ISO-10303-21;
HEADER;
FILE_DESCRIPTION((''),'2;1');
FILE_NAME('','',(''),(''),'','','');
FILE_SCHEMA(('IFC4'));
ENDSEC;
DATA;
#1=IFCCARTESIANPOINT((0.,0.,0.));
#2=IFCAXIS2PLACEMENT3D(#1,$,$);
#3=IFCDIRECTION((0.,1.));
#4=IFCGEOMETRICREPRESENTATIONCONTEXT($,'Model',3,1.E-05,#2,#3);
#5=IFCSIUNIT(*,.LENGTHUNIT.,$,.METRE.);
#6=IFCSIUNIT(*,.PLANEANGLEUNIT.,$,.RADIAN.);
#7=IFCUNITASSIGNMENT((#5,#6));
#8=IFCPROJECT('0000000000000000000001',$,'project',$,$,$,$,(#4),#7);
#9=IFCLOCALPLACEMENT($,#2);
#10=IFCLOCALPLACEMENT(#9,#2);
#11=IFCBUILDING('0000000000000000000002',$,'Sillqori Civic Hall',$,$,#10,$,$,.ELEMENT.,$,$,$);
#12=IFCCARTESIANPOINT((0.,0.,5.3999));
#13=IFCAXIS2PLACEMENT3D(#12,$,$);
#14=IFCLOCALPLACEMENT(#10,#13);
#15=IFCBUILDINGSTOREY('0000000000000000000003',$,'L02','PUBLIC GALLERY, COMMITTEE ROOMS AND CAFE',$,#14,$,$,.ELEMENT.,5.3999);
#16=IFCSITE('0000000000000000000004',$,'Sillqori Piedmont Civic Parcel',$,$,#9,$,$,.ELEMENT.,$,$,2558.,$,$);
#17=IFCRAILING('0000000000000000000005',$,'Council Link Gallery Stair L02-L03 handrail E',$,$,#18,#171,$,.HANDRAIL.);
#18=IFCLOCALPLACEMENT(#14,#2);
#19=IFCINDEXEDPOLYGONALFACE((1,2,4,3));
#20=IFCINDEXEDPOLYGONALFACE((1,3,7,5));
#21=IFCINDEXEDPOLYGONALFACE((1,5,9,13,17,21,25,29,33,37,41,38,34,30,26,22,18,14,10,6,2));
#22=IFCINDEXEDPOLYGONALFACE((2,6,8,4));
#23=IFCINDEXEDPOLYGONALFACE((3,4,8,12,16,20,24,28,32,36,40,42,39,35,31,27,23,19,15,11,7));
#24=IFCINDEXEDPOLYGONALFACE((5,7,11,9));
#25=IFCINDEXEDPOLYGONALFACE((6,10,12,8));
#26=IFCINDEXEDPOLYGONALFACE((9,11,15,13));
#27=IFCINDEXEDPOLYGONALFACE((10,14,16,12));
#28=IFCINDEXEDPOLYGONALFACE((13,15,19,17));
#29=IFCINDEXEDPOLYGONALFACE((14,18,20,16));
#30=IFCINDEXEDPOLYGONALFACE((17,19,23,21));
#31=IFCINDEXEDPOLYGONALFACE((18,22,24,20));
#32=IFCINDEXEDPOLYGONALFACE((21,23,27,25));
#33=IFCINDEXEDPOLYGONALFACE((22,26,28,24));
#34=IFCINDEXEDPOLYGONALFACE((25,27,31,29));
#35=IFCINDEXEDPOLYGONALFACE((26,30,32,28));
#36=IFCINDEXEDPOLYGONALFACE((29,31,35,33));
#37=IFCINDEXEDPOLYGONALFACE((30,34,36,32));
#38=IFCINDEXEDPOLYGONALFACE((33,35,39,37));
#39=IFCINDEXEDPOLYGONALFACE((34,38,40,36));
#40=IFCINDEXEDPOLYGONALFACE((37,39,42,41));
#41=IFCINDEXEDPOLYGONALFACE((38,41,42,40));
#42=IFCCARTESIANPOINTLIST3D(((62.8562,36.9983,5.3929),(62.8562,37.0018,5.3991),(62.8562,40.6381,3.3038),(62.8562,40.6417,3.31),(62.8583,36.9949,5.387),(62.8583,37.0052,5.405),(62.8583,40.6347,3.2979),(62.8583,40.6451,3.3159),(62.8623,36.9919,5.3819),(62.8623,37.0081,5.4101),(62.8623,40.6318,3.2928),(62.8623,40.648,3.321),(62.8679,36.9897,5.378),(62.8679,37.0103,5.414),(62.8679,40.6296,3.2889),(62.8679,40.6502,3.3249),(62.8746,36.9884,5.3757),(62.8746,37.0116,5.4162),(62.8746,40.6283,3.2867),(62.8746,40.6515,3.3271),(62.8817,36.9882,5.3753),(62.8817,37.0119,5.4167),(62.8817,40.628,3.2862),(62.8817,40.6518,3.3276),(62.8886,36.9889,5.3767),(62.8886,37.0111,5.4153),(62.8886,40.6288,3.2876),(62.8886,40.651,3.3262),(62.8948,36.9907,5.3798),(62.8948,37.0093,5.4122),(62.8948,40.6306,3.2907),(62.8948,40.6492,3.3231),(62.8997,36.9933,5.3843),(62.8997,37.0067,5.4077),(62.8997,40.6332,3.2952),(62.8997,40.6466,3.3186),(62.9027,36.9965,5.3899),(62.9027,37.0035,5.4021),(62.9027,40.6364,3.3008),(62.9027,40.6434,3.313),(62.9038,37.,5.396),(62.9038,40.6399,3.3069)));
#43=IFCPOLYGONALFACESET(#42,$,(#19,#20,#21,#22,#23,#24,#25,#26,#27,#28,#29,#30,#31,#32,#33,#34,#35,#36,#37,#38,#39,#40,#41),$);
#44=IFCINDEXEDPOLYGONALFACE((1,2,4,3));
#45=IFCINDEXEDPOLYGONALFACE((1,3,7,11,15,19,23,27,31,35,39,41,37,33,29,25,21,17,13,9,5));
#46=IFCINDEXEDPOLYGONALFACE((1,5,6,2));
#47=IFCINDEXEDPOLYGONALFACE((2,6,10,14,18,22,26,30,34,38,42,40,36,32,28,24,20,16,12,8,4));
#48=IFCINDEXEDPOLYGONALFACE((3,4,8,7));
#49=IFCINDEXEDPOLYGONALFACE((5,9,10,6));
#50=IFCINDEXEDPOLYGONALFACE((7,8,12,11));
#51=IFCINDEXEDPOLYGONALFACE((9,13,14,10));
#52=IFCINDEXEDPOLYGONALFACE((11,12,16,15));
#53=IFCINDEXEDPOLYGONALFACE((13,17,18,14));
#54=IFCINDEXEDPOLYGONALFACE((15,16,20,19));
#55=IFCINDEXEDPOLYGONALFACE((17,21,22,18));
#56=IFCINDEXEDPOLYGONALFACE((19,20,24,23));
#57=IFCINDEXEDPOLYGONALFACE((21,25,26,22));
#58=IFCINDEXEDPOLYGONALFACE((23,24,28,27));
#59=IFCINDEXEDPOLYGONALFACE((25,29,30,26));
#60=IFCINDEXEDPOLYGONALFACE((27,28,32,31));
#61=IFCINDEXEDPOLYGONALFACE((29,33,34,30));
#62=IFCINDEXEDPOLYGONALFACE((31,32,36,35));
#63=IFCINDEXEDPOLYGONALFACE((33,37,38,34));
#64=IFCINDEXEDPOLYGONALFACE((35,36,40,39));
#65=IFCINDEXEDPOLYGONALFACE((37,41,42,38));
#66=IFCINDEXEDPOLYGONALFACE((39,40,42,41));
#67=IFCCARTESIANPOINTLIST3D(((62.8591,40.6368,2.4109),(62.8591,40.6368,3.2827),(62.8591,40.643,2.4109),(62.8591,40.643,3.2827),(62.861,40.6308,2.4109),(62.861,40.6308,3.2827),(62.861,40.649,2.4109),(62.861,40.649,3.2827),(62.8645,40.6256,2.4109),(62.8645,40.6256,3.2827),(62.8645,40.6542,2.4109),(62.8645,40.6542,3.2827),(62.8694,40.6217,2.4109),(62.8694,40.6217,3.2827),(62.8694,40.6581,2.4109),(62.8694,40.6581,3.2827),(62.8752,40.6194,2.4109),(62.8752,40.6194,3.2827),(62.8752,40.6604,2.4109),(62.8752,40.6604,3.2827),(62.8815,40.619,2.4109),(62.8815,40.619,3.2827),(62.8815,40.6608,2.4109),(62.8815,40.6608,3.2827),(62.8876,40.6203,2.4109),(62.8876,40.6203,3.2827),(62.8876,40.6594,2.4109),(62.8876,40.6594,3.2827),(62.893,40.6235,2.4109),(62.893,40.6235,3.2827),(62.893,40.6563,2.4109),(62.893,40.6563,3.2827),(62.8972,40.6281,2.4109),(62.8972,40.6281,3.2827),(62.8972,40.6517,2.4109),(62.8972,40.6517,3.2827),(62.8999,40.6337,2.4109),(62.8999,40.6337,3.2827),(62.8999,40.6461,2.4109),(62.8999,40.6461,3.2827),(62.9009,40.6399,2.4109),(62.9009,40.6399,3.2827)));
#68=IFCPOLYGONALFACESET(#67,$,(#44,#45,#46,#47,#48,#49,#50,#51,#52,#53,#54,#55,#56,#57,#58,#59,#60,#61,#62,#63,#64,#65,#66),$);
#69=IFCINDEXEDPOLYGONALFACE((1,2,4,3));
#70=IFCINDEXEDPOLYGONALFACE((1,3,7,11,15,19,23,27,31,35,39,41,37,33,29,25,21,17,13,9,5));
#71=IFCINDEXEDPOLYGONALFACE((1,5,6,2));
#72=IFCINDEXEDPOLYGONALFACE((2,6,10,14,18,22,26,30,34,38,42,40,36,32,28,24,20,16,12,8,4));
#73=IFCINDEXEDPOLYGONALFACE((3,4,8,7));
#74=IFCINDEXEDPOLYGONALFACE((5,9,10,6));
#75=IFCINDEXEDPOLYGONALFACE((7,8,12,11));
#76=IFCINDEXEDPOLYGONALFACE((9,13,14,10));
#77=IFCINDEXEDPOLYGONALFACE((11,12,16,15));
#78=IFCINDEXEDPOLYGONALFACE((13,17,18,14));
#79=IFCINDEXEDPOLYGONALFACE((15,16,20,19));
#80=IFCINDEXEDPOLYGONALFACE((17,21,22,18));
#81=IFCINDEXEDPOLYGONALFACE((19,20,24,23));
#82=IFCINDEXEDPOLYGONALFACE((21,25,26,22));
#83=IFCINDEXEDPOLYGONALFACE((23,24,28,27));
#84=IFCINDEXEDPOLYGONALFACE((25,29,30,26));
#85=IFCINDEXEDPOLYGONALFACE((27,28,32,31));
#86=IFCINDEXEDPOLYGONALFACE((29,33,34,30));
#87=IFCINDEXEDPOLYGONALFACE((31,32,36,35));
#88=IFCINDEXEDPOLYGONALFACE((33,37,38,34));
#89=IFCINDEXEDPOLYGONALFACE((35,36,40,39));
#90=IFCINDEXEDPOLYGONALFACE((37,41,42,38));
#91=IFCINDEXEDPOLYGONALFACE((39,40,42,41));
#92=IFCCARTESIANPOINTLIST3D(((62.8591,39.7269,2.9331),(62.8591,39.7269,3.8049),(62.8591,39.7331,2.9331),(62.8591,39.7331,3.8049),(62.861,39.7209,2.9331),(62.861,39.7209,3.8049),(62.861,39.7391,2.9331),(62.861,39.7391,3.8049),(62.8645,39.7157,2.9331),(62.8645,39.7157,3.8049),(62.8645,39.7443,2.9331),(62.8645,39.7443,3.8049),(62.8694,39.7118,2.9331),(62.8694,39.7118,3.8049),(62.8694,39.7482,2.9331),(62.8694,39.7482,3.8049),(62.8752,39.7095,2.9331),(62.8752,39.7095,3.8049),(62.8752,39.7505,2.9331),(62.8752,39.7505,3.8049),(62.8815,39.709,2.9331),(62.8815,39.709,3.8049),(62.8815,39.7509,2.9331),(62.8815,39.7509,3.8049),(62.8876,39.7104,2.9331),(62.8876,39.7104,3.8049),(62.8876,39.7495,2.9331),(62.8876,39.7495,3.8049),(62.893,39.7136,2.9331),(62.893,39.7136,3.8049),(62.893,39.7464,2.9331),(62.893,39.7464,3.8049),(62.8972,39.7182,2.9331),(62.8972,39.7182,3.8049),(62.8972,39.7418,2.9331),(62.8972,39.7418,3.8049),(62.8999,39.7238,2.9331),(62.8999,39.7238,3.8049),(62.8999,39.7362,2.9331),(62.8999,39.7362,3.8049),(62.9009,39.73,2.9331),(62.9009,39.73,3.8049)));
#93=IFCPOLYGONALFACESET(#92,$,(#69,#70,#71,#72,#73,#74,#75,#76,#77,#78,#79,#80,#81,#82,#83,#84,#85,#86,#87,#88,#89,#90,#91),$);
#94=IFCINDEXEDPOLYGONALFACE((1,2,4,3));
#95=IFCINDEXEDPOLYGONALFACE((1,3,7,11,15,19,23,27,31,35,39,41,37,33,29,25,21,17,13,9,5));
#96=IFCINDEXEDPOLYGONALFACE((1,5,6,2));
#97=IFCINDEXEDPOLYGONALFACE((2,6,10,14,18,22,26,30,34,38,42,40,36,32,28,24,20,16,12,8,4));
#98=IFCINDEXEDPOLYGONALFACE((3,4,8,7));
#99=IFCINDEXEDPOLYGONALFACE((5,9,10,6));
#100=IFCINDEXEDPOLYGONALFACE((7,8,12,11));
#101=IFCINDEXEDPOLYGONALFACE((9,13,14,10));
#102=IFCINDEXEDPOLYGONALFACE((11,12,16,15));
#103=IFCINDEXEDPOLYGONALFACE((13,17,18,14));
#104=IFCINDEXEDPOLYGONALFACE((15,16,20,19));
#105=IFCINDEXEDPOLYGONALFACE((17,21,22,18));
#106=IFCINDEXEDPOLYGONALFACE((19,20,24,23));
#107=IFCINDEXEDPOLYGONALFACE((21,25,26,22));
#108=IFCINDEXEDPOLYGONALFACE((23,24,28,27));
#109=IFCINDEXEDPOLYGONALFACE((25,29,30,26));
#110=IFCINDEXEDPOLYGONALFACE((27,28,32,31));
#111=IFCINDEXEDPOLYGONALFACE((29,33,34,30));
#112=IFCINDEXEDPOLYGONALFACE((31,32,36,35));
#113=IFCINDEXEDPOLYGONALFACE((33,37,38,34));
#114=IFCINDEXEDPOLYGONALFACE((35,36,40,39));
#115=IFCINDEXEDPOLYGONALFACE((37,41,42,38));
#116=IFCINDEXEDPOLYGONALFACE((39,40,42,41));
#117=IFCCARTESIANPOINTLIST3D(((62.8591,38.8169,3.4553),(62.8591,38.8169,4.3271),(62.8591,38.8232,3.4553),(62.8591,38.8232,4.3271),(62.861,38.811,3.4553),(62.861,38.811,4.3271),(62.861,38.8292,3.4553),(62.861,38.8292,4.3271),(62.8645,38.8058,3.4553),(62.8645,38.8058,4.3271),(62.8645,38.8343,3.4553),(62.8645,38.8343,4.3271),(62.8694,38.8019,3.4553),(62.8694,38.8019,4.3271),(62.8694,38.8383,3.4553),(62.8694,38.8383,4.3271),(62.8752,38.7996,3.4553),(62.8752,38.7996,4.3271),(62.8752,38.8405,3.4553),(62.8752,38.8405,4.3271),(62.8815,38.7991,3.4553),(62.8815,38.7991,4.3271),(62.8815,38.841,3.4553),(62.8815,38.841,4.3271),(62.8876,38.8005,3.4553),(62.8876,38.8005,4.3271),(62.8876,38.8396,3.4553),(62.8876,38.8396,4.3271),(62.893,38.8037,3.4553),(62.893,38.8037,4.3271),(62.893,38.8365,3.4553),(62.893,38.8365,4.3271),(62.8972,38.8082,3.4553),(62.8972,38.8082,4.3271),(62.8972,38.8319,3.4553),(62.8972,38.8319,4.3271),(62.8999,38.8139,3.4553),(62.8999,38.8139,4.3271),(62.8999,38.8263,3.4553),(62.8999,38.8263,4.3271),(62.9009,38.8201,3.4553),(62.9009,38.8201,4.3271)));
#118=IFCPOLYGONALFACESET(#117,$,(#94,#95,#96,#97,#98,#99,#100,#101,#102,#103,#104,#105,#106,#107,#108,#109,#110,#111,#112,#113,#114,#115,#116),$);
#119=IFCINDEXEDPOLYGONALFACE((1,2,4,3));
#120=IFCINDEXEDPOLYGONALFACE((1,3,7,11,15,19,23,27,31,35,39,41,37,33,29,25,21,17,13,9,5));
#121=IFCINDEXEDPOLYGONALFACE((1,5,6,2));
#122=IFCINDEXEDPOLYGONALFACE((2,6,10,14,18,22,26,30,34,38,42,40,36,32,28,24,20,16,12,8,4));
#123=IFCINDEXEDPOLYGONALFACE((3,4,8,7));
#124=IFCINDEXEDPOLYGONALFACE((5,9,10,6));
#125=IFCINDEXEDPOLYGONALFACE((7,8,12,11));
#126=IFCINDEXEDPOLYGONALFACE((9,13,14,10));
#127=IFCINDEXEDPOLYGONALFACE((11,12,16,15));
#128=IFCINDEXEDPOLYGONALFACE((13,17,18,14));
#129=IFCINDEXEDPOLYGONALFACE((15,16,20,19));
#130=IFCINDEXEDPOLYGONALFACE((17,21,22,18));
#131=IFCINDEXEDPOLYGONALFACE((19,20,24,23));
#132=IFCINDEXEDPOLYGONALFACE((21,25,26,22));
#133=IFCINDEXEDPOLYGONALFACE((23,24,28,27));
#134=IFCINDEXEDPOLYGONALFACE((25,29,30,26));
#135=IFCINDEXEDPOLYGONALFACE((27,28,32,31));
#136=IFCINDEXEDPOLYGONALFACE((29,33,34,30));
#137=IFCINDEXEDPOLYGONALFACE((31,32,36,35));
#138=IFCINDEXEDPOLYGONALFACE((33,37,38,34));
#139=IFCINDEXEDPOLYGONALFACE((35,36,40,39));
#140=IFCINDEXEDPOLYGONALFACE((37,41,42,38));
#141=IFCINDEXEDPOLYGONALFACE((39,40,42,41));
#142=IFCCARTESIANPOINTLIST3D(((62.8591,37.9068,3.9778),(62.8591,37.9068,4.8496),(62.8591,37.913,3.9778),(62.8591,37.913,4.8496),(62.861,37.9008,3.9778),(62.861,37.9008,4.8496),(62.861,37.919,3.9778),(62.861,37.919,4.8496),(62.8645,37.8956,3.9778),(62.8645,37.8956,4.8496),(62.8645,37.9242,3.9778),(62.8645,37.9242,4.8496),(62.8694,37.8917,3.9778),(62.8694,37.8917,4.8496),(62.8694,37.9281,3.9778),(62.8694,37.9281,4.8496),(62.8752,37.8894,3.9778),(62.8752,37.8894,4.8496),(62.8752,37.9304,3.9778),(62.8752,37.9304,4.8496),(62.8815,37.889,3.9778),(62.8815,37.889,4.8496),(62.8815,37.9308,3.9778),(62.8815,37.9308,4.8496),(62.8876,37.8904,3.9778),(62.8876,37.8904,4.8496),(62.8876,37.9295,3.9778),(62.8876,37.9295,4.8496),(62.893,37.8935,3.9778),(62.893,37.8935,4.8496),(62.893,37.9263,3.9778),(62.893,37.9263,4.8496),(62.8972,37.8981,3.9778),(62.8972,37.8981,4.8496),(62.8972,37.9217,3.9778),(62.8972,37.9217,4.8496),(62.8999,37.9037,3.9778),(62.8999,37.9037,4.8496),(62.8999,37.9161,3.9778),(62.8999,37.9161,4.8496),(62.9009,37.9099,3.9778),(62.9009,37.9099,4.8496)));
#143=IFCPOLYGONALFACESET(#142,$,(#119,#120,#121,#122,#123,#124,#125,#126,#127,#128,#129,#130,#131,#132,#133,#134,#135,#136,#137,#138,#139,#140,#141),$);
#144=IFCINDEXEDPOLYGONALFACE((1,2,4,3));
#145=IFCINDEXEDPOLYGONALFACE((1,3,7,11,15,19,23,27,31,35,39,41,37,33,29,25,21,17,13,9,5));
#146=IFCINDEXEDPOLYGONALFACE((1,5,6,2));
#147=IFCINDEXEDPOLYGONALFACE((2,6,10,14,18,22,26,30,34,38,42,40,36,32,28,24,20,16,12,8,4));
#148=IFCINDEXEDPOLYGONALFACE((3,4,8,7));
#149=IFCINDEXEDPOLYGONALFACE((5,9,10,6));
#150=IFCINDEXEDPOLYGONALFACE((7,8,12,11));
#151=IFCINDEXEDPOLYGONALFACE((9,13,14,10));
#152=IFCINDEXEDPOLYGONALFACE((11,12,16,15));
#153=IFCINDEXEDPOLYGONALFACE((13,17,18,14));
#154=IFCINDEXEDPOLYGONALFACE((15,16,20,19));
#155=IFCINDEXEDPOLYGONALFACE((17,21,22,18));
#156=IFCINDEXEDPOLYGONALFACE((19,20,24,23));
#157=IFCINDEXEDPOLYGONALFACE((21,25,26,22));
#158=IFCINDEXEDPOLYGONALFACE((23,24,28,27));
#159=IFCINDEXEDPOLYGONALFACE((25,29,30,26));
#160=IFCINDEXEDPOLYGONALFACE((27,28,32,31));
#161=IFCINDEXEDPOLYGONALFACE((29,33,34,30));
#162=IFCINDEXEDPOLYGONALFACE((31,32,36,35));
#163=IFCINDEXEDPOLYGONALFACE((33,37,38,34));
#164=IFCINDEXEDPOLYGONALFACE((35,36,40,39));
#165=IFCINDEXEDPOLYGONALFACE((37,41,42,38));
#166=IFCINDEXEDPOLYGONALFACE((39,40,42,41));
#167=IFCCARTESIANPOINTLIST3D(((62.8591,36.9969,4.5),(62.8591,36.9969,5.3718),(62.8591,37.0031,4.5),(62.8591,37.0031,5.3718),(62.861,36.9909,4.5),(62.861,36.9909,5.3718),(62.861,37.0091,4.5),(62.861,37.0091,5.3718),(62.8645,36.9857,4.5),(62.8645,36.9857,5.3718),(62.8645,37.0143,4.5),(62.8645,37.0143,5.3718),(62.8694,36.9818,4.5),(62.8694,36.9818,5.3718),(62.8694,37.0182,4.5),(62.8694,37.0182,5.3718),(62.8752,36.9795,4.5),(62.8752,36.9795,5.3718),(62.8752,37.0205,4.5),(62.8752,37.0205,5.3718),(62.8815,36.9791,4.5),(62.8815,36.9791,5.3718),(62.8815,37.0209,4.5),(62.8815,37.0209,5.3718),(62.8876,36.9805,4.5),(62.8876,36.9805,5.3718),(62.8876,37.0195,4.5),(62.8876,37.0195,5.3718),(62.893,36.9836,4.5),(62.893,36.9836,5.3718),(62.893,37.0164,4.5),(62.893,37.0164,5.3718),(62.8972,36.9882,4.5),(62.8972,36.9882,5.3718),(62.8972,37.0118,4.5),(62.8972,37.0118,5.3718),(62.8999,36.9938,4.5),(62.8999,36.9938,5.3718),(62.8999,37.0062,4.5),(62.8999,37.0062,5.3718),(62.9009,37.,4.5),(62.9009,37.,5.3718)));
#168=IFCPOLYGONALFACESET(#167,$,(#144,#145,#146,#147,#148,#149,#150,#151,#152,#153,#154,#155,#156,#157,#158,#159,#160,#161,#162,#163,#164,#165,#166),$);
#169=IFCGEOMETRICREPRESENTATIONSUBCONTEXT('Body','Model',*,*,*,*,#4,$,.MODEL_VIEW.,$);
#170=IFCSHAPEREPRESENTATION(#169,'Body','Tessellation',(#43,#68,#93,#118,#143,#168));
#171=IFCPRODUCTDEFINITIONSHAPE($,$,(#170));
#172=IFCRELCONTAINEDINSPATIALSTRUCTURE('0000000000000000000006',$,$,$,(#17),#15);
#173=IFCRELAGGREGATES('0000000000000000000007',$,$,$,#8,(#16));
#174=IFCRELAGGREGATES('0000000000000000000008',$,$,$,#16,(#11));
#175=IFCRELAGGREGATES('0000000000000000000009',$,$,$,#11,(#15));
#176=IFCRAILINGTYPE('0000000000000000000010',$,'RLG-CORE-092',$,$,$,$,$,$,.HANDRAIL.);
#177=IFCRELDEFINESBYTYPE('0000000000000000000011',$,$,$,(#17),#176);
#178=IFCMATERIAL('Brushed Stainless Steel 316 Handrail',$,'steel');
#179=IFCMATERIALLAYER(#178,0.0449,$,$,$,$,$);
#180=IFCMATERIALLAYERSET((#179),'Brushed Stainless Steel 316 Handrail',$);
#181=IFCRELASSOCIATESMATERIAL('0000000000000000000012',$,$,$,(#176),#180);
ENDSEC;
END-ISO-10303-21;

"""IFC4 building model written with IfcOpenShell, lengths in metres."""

from ifc_helpers import new_model, si_unit, direction, frame, origin, origin_2d, place, context, subcontext, project, spatial, circle, extrude, material, layer, layer_set, type_object, element, save


model = new_model("IFC4")

# Units and contexts
model_context = context("Model", 3, precision=1e-05, world=origin(), true_north=direction((0.0, 1.0)))
body_context = subcontext(model_context, "Body", "Model", "MODEL_VIEW")
ifc_project = project(units=[si_unit("LENGTHUNIT", "METRE"), si_unit("PLANEANGLEUNIT", "RADIAN")], contexts=[model_context])

# Site, building, storey
site_placement = place(None, origin())
site = spatial("IfcSite", under=ifc_project, at=site_placement, Name="Sillqori Piedmont Civic Parcel", CompositionType="ELEMENT", RefElevation=2558.0)
building_placement = place(site_placement, origin())
building = spatial("IfcBuilding", under=site, at=building_placement, Name="Sillqori Civic Hall", CompositionType="ELEMENT")
storey_placement = place(building_placement, frame((0.0, 0.0, 5.3999)))
storey = spatial("IfcBuildingStorey", under=building, at=storey_placement, Name="L02", Description="PUBLIC GALLERY, COMMITTEE ROOMS AND CAFE", CompositionType="ELEMENT", Elevation=5.3999)

# Railing
ifc_material_1 = material(Name="Brushed Stainless Steel 316 Handrail", Category="steel")
ifc_layer_1 = layer(ifc_material_1, 0.0449)
ifc_layer_set_1 = layer_set([ifc_layer_1], Name="Brushed Stainless Steel 316 Handrail")
railing_type_1 = type_object("IfcRailingType", Name="RLG-CORE-092", PredefinedType="HANDRAIL", material=ifc_layer_set_1)
railing_1_placement = place(storey_placement, frame((62.8799, 40.6399, 2.4109)))
element("IfcRailing", 1, at=railing_1_placement, inside=storey, type_object=railing_type_1, Name="Council Link Gallery Stair L02-L03 handrail E", PredefinedType="HANDRAIL", context=body_context, shape_type="SweptSolid", body=[
    extrude(circle(Radius=0.0239, at=origin_2d()), frame((0.0, 0.0, 0.896), z_axis=(0.0, -0.8673, 0.497786), x_axis=(1.0, 0.0, 0.0)), (0.0, 0.0, 1.0), 4.1968),
    extrude(circle(Radius=0.021, at=origin_2d()), origin(), (0.0, 0.0, 1.0), 0.8718),
    extrude(circle(Radius=0.021, at=origin_2d()), frame((0.0, -0.9099, 0.5222)), (0.0, 0.0, 1.0), 0.8718),
    extrude(circle(Radius=0.021, at=origin_2d()), frame((0.0, -1.8198, 1.0444)), (0.0, 0.0, 1.0), 0.8718),
    extrude(circle(Radius=0.021, at=origin_2d()), frame((0.0, -2.73, 1.5669)), (0.0, 0.0, 1.0), 0.8718),
    extrude(circle(Radius=0.021, at=origin_2d()), frame((0.0, -3.6399, 2.0891)), (0.0, 0.0, 1.0), 0.8718),
])

save(model, "model.ifc")
